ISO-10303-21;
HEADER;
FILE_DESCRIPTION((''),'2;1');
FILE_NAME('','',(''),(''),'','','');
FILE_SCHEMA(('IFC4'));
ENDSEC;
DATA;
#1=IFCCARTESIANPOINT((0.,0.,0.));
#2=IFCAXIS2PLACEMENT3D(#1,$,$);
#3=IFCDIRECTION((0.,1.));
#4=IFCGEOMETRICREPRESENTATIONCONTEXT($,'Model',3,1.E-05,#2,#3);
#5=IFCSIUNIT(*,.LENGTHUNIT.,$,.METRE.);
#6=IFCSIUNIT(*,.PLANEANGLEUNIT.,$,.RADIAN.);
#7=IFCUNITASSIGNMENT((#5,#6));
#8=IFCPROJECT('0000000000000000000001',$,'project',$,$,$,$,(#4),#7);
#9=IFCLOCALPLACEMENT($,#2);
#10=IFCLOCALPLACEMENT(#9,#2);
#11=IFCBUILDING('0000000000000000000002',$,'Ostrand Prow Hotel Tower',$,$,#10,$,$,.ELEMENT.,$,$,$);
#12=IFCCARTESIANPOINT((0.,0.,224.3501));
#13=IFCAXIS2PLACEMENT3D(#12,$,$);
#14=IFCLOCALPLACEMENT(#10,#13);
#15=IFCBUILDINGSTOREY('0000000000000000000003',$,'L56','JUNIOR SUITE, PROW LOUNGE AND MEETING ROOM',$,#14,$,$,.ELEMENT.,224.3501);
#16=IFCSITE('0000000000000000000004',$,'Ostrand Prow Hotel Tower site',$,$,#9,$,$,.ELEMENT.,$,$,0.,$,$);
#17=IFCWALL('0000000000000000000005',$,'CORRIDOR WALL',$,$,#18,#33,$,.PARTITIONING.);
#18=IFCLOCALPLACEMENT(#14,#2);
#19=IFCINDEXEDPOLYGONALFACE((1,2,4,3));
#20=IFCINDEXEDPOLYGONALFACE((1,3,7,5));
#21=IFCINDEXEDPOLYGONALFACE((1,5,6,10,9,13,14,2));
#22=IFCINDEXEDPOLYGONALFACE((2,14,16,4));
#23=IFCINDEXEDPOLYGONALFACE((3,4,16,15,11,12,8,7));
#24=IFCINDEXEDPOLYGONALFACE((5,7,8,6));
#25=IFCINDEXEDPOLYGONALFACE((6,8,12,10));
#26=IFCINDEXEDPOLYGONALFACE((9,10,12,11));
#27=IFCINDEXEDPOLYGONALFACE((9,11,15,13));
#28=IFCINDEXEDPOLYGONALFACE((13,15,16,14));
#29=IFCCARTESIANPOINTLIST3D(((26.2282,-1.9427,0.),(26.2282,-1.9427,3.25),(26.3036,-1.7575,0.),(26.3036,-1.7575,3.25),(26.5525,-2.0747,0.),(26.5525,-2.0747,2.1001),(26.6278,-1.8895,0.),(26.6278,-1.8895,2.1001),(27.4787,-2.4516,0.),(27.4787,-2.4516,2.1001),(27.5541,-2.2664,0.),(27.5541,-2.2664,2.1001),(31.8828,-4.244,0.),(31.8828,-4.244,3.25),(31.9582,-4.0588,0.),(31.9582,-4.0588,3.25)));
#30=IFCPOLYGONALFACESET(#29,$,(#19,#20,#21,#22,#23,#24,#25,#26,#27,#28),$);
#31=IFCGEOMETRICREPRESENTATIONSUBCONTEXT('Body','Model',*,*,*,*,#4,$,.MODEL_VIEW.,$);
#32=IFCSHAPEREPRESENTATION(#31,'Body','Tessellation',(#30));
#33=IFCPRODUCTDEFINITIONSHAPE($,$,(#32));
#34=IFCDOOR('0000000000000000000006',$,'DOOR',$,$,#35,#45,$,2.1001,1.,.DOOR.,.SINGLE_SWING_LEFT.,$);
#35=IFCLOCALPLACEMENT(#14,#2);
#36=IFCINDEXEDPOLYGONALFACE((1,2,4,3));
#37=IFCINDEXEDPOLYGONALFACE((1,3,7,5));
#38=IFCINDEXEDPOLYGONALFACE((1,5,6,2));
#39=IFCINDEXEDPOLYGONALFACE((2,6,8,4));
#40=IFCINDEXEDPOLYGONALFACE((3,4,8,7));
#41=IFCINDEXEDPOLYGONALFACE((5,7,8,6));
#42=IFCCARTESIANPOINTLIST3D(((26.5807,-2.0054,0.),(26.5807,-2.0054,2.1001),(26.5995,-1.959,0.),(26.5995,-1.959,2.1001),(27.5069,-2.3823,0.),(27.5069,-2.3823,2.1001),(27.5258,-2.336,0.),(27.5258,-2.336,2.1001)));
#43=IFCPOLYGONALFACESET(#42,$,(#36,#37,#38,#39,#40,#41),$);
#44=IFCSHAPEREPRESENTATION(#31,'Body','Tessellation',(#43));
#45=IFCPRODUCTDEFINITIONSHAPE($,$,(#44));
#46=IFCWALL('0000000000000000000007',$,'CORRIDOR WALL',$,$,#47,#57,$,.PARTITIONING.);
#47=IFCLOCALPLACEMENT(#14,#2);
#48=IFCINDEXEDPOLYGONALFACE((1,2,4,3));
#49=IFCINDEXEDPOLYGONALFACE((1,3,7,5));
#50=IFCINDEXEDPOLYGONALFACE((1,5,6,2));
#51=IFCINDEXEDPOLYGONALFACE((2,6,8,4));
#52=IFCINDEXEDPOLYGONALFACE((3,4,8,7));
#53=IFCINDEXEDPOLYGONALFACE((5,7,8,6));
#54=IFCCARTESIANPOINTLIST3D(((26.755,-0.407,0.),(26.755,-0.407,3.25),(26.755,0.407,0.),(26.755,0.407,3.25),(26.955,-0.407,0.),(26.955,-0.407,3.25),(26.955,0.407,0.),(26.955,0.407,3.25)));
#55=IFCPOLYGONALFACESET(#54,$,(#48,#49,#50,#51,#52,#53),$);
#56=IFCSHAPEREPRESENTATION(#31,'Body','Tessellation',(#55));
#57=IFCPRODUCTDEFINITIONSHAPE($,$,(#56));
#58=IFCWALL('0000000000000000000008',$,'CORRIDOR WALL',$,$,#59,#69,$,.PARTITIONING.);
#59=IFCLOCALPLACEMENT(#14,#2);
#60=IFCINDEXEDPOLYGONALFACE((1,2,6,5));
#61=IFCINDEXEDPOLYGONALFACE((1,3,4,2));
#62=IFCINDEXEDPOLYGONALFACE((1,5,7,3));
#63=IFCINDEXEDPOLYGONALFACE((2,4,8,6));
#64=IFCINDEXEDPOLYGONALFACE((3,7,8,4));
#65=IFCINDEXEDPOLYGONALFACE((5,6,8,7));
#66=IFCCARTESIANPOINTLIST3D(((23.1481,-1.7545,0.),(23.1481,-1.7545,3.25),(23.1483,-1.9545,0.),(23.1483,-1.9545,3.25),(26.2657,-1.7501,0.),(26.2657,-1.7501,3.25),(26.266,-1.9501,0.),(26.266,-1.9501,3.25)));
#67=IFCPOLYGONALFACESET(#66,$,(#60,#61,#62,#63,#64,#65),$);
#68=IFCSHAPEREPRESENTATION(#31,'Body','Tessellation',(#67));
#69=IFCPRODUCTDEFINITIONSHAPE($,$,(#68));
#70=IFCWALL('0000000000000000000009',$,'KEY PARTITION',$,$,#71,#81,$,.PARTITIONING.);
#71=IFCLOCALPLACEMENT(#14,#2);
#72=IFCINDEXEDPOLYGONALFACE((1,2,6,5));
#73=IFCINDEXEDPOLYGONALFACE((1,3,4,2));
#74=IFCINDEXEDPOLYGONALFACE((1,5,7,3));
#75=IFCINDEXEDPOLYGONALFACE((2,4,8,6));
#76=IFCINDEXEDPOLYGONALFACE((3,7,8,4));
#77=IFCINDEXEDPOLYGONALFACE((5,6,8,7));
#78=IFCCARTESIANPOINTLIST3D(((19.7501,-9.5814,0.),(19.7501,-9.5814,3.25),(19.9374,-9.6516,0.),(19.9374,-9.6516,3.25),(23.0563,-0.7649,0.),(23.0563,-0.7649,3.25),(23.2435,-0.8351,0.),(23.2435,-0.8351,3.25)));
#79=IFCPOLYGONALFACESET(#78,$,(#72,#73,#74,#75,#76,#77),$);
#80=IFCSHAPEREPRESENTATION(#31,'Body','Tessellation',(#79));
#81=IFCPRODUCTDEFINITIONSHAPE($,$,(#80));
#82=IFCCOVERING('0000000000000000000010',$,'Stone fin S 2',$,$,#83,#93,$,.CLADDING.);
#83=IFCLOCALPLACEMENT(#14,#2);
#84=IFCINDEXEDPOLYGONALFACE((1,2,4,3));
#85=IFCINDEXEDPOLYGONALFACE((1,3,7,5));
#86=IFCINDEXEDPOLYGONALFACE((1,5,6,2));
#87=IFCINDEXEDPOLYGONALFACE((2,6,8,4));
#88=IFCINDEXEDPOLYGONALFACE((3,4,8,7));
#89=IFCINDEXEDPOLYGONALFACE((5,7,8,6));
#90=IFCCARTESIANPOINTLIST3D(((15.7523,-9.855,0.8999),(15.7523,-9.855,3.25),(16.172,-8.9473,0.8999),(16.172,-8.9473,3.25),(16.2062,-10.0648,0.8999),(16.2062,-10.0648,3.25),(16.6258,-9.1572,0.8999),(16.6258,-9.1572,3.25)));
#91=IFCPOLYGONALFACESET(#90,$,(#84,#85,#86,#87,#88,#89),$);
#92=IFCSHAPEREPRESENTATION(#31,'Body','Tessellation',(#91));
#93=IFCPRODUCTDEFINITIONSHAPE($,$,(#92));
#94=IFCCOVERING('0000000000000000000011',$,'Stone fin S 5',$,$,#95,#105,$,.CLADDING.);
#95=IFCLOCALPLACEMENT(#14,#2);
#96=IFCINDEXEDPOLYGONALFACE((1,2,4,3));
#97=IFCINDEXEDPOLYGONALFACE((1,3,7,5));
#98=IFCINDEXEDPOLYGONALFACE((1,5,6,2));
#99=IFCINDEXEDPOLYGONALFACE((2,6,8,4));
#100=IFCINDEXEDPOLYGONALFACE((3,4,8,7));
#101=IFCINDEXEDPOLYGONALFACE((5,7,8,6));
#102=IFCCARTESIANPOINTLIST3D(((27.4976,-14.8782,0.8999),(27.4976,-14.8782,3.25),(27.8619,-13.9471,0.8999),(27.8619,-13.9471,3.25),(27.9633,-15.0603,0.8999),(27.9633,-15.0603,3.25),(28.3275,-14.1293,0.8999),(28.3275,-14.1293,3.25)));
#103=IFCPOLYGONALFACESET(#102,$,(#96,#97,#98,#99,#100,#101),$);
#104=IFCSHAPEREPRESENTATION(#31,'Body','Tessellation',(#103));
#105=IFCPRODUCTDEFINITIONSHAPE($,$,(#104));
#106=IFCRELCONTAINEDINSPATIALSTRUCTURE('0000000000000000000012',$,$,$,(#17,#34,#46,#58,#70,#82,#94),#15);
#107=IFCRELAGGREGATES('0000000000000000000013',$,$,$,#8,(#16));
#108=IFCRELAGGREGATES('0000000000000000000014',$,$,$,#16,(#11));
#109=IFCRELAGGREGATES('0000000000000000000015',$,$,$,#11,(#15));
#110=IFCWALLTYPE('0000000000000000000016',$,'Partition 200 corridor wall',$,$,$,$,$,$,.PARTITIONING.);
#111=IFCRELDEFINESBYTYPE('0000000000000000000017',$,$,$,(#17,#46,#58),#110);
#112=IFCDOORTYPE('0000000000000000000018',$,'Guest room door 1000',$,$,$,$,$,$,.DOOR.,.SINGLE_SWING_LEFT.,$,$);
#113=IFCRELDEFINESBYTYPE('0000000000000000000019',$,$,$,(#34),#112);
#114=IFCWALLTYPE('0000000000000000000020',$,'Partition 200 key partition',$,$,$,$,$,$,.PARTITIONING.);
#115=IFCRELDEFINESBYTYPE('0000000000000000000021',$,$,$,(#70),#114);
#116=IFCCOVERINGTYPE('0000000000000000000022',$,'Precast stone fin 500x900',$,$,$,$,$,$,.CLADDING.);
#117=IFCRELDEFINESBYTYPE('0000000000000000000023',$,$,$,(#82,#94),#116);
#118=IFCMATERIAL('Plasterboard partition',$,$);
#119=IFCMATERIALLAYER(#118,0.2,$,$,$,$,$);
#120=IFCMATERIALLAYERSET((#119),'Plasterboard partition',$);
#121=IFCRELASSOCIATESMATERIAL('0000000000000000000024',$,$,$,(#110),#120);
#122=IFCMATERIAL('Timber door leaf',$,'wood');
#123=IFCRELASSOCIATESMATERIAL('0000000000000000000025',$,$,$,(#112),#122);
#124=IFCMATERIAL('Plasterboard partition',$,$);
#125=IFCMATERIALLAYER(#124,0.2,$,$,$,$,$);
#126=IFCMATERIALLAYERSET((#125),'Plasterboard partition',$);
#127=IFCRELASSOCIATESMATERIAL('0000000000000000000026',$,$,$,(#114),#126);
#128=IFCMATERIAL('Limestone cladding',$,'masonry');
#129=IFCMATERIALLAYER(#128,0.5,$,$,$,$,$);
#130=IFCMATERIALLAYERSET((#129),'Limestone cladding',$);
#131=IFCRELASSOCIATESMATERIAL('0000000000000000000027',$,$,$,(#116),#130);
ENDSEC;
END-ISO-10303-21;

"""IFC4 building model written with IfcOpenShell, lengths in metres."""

from ifc_helpers import new_model, si_unit, direction, frame, frame_2d, origin, place, context, subcontext, project, spatial, rectangle, extrude, material, layer, layer_set, type_object, element, fill, save


model = new_model("IFC4")

# Units and contexts
model_context = context("Model", 3, precision=1e-05, world=origin(), true_north=direction((0.0, 1.0)))
body_context = subcontext(model_context, "Body", "Model", "MODEL_VIEW")
ifc_project = project(units=[si_unit("LENGTHUNIT", "METRE"), si_unit("PLANEANGLEUNIT", "RADIAN")], contexts=[model_context])

# Site, building, storey
site_placement = place(None, origin())
site = spatial("IfcSite", under=ifc_project, at=site_placement, Name="Ostrand Prow Hotel Tower site", CompositionType="ELEMENT", RefElevation=0.0)
building_placement = place(site_placement, origin())
building = spatial("IfcBuilding", under=site, at=building_placement, Name="Ostrand Prow Hotel Tower", CompositionType="ELEMENT")
storey_placement = place(building_placement, frame((0.0, 0.0, 224.3501)))
storey = spatial("IfcBuildingStorey", under=building, at=storey_placement, Name="L56", Description="JUNIOR SUITE, PROW LOUNGE AND MEETING ROOM", CompositionType="ELEMENT", Elevation=224.3501)

# Wall, opening, door
ifc_material_1 = material(Name="Plasterboard partition")
ifc_layer_1 = layer(ifc_material_1, 0.2)
ifc_layer_set_1 = layer_set([ifc_layer_1], Name="Plasterboard partition")
wall_type_1 = type_object("IfcWallType", Name="Partition 200 corridor wall", PredefinedType="PARTITIONING", material=ifc_layer_set_1)
wall_1_placement = place(storey_placement, frame((26.2659, -1.8501, 0.0), z_axis=(0.0, 0.0, 1.0), x_axis=(0.926232, -0.376955, 0.0)))
wall_1 = element("IfcWall", 1, at=wall_1_placement, inside=storey, type_object=wall_type_1, Name="CORRIDOR WALL", PredefinedType="PARTITIONING", context=body_context, shape_type="SweptSolid", body=[
    extrude(rectangle(XDim=6.105, YDim=0.2, at=frame_2d((3.0525, 0.0))), origin(), (0.0, 0.0, 1.0), 3.25),
])
opening_placement = place(wall_1_placement, frame((0.3501, 0.0, 0.0)))
opening = element("IfcOpeningElement", 2, at=opening_placement, cuts=wall_1, PredefinedType="OPENING", context=body_context, shape_type="SweptSolid", body=[
    extrude(rectangle(XDim=1.0, YDim=2.1001, at=frame_2d((0.5, 1.05))), frame((0.0, 0.1099, 0.0), z_axis=(0.0, -1.0, 0.0), x_axis=(1.0, 0.0, 0.0)), (0.0, 0.0, 1.0), 0.22),
])
ifc_material_2 = material(Name="Timber door leaf", Category="wood")
door_type = type_object("IfcDoorType", Name="Guest room door 1000", OperationType="SINGLE_SWING_LEFT", PredefinedType="DOOR", material=ifc_material_2)
door_placement = place(opening_placement, origin())
door = element("IfcDoor", 3, at=door_placement, inside=storey, type_object=door_type, Name="DOOR", OperationType="SINGLE_SWING_LEFT", OverallHeight=2.1001, OverallWidth=1.0, PredefinedType="DOOR", context=body_context, shape_type="SweptSolid", body=[
    extrude(rectangle(XDim=1.0, YDim=2.1001, at=frame_2d((0.5, 1.05))), frame((0.0, 0.0249, 0.0), z_axis=(0.0, -1.0, 0.0), x_axis=(1.0, 0.0, 0.0)), (0.0, 0.0, 1.0), 0.05),
])
fill(opening, door)

# Walls
wall_2_placement = place(storey_placement, frame((26.855, -0.407, 0.0), z_axis=(0.0, 0.0, 1.0), x_axis=(0.0, 1.0, 0.0)))
element("IfcWall", 4, at=wall_2_placement, inside=storey, type_object=wall_type_1, Name="CORRIDOR WALL", PredefinedType="PARTITIONING", context=body_context, shape_type="SweptSolid", body=[
    extrude(rectangle(XDim=0.814, YDim=0.2, at=frame_2d((0.407, 0.0))), origin(), (0.0, 0.0, 1.0), 3.25),
])
wall_3_placement = place(storey_placement, frame((23.1482, -1.8545, 0.0), z_axis=(0.0, 0.0, 1.0), x_axis=(0.999999, 0.00141, 0.0)))
element("IfcWall", 5, at=wall_3_placement, inside=storey, type_object=wall_type_1, Name="CORRIDOR WALL", PredefinedType="PARTITIONING", context=body_context, shape_type="SweptSolid", body=[
    extrude(rectangle(XDim=3.1177, YDim=0.2, at=frame_2d((1.5588, 0.0))), origin(), (0.0, 0.0, 1.0), 3.25),
])
ifc_material_3 = material(Name="Plasterboard partition")
ifc_layer_2 = layer(ifc_material_3, 0.2)
ifc_layer_set_2 = layer_set([ifc_layer_2], Name="Plasterboard partition")
wall_type_2 = type_object("IfcWallType", Name="Partition 200 key partition", PredefinedType="PARTITIONING", material=ifc_layer_set_2)
wall_4_placement = place(storey_placement, frame((19.8438, -9.6165, 0.0), z_axis=(0.0, 0.0, 1.0), x_axis=(0.351123, 0.936329, 0.0)))
element("IfcWall", 6, at=wall_4_placement, inside=storey, type_object=wall_type_2, Name="KEY PARTITION", PredefinedType="PARTITIONING", context=body_context, shape_type="SweptSolid", body=[
    extrude(rectangle(XDim=9.416, YDim=0.2, at=frame_2d((4.708, 0.0))), origin(), (0.0, 0.0, 1.0), 3.25),
])

# Coverings
ifc_material_4 = material(Name="Limestone cladding", Category="masonry")
ifc_layer_3 = layer(ifc_material_4, 0.5)
ifc_layer_set_3 = layer_set([ifc_layer_3], Name="Limestone cladding")
covering_type = type_object("IfcCoveringType", Name="Precast stone fin 500x900", PredefinedType="CLADDING", material=ifc_layer_set_3)
covering_1_placement = place(storey_placement, frame((16.3989, -9.0522, 0.8999), z_axis=(0.0, 0.0, 1.0), x_axis=(-0.419662, -0.907681, 0.0)))
element("IfcCovering", 7, at=covering_1_placement, inside=storey, type_object=covering_type, Name="Stone fin S 2", PredefinedType="CLADDING", context=body_context, shape_type="SweptSolid", body=[
    extrude(rectangle(XDim=1.0, YDim=0.5, at=frame_2d((0.5, 0.0))), origin(), (0.0, 0.0, 1.0), 2.3501),
])
covering_2_placement = place(storey_placement, frame((28.0947, -14.0381, 0.8999), z_axis=(0.0, 0.0, 1.0), x_axis=(-0.364307, -0.931279, 0.0)))
element("IfcCovering", 8, at=covering_2_placement, inside=storey, type_object=covering_type, Name="Stone fin S 5", PredefinedType="CLADDING", context=body_context, shape_type="SweptSolid", body=[
    extrude(rectangle(XDim=0.9998, YDim=0.5, at=frame_2d((0.5, 0.0))), origin(), (0.0, 0.0, 1.0), 2.3501),
])

save(model, "model.ifc")
